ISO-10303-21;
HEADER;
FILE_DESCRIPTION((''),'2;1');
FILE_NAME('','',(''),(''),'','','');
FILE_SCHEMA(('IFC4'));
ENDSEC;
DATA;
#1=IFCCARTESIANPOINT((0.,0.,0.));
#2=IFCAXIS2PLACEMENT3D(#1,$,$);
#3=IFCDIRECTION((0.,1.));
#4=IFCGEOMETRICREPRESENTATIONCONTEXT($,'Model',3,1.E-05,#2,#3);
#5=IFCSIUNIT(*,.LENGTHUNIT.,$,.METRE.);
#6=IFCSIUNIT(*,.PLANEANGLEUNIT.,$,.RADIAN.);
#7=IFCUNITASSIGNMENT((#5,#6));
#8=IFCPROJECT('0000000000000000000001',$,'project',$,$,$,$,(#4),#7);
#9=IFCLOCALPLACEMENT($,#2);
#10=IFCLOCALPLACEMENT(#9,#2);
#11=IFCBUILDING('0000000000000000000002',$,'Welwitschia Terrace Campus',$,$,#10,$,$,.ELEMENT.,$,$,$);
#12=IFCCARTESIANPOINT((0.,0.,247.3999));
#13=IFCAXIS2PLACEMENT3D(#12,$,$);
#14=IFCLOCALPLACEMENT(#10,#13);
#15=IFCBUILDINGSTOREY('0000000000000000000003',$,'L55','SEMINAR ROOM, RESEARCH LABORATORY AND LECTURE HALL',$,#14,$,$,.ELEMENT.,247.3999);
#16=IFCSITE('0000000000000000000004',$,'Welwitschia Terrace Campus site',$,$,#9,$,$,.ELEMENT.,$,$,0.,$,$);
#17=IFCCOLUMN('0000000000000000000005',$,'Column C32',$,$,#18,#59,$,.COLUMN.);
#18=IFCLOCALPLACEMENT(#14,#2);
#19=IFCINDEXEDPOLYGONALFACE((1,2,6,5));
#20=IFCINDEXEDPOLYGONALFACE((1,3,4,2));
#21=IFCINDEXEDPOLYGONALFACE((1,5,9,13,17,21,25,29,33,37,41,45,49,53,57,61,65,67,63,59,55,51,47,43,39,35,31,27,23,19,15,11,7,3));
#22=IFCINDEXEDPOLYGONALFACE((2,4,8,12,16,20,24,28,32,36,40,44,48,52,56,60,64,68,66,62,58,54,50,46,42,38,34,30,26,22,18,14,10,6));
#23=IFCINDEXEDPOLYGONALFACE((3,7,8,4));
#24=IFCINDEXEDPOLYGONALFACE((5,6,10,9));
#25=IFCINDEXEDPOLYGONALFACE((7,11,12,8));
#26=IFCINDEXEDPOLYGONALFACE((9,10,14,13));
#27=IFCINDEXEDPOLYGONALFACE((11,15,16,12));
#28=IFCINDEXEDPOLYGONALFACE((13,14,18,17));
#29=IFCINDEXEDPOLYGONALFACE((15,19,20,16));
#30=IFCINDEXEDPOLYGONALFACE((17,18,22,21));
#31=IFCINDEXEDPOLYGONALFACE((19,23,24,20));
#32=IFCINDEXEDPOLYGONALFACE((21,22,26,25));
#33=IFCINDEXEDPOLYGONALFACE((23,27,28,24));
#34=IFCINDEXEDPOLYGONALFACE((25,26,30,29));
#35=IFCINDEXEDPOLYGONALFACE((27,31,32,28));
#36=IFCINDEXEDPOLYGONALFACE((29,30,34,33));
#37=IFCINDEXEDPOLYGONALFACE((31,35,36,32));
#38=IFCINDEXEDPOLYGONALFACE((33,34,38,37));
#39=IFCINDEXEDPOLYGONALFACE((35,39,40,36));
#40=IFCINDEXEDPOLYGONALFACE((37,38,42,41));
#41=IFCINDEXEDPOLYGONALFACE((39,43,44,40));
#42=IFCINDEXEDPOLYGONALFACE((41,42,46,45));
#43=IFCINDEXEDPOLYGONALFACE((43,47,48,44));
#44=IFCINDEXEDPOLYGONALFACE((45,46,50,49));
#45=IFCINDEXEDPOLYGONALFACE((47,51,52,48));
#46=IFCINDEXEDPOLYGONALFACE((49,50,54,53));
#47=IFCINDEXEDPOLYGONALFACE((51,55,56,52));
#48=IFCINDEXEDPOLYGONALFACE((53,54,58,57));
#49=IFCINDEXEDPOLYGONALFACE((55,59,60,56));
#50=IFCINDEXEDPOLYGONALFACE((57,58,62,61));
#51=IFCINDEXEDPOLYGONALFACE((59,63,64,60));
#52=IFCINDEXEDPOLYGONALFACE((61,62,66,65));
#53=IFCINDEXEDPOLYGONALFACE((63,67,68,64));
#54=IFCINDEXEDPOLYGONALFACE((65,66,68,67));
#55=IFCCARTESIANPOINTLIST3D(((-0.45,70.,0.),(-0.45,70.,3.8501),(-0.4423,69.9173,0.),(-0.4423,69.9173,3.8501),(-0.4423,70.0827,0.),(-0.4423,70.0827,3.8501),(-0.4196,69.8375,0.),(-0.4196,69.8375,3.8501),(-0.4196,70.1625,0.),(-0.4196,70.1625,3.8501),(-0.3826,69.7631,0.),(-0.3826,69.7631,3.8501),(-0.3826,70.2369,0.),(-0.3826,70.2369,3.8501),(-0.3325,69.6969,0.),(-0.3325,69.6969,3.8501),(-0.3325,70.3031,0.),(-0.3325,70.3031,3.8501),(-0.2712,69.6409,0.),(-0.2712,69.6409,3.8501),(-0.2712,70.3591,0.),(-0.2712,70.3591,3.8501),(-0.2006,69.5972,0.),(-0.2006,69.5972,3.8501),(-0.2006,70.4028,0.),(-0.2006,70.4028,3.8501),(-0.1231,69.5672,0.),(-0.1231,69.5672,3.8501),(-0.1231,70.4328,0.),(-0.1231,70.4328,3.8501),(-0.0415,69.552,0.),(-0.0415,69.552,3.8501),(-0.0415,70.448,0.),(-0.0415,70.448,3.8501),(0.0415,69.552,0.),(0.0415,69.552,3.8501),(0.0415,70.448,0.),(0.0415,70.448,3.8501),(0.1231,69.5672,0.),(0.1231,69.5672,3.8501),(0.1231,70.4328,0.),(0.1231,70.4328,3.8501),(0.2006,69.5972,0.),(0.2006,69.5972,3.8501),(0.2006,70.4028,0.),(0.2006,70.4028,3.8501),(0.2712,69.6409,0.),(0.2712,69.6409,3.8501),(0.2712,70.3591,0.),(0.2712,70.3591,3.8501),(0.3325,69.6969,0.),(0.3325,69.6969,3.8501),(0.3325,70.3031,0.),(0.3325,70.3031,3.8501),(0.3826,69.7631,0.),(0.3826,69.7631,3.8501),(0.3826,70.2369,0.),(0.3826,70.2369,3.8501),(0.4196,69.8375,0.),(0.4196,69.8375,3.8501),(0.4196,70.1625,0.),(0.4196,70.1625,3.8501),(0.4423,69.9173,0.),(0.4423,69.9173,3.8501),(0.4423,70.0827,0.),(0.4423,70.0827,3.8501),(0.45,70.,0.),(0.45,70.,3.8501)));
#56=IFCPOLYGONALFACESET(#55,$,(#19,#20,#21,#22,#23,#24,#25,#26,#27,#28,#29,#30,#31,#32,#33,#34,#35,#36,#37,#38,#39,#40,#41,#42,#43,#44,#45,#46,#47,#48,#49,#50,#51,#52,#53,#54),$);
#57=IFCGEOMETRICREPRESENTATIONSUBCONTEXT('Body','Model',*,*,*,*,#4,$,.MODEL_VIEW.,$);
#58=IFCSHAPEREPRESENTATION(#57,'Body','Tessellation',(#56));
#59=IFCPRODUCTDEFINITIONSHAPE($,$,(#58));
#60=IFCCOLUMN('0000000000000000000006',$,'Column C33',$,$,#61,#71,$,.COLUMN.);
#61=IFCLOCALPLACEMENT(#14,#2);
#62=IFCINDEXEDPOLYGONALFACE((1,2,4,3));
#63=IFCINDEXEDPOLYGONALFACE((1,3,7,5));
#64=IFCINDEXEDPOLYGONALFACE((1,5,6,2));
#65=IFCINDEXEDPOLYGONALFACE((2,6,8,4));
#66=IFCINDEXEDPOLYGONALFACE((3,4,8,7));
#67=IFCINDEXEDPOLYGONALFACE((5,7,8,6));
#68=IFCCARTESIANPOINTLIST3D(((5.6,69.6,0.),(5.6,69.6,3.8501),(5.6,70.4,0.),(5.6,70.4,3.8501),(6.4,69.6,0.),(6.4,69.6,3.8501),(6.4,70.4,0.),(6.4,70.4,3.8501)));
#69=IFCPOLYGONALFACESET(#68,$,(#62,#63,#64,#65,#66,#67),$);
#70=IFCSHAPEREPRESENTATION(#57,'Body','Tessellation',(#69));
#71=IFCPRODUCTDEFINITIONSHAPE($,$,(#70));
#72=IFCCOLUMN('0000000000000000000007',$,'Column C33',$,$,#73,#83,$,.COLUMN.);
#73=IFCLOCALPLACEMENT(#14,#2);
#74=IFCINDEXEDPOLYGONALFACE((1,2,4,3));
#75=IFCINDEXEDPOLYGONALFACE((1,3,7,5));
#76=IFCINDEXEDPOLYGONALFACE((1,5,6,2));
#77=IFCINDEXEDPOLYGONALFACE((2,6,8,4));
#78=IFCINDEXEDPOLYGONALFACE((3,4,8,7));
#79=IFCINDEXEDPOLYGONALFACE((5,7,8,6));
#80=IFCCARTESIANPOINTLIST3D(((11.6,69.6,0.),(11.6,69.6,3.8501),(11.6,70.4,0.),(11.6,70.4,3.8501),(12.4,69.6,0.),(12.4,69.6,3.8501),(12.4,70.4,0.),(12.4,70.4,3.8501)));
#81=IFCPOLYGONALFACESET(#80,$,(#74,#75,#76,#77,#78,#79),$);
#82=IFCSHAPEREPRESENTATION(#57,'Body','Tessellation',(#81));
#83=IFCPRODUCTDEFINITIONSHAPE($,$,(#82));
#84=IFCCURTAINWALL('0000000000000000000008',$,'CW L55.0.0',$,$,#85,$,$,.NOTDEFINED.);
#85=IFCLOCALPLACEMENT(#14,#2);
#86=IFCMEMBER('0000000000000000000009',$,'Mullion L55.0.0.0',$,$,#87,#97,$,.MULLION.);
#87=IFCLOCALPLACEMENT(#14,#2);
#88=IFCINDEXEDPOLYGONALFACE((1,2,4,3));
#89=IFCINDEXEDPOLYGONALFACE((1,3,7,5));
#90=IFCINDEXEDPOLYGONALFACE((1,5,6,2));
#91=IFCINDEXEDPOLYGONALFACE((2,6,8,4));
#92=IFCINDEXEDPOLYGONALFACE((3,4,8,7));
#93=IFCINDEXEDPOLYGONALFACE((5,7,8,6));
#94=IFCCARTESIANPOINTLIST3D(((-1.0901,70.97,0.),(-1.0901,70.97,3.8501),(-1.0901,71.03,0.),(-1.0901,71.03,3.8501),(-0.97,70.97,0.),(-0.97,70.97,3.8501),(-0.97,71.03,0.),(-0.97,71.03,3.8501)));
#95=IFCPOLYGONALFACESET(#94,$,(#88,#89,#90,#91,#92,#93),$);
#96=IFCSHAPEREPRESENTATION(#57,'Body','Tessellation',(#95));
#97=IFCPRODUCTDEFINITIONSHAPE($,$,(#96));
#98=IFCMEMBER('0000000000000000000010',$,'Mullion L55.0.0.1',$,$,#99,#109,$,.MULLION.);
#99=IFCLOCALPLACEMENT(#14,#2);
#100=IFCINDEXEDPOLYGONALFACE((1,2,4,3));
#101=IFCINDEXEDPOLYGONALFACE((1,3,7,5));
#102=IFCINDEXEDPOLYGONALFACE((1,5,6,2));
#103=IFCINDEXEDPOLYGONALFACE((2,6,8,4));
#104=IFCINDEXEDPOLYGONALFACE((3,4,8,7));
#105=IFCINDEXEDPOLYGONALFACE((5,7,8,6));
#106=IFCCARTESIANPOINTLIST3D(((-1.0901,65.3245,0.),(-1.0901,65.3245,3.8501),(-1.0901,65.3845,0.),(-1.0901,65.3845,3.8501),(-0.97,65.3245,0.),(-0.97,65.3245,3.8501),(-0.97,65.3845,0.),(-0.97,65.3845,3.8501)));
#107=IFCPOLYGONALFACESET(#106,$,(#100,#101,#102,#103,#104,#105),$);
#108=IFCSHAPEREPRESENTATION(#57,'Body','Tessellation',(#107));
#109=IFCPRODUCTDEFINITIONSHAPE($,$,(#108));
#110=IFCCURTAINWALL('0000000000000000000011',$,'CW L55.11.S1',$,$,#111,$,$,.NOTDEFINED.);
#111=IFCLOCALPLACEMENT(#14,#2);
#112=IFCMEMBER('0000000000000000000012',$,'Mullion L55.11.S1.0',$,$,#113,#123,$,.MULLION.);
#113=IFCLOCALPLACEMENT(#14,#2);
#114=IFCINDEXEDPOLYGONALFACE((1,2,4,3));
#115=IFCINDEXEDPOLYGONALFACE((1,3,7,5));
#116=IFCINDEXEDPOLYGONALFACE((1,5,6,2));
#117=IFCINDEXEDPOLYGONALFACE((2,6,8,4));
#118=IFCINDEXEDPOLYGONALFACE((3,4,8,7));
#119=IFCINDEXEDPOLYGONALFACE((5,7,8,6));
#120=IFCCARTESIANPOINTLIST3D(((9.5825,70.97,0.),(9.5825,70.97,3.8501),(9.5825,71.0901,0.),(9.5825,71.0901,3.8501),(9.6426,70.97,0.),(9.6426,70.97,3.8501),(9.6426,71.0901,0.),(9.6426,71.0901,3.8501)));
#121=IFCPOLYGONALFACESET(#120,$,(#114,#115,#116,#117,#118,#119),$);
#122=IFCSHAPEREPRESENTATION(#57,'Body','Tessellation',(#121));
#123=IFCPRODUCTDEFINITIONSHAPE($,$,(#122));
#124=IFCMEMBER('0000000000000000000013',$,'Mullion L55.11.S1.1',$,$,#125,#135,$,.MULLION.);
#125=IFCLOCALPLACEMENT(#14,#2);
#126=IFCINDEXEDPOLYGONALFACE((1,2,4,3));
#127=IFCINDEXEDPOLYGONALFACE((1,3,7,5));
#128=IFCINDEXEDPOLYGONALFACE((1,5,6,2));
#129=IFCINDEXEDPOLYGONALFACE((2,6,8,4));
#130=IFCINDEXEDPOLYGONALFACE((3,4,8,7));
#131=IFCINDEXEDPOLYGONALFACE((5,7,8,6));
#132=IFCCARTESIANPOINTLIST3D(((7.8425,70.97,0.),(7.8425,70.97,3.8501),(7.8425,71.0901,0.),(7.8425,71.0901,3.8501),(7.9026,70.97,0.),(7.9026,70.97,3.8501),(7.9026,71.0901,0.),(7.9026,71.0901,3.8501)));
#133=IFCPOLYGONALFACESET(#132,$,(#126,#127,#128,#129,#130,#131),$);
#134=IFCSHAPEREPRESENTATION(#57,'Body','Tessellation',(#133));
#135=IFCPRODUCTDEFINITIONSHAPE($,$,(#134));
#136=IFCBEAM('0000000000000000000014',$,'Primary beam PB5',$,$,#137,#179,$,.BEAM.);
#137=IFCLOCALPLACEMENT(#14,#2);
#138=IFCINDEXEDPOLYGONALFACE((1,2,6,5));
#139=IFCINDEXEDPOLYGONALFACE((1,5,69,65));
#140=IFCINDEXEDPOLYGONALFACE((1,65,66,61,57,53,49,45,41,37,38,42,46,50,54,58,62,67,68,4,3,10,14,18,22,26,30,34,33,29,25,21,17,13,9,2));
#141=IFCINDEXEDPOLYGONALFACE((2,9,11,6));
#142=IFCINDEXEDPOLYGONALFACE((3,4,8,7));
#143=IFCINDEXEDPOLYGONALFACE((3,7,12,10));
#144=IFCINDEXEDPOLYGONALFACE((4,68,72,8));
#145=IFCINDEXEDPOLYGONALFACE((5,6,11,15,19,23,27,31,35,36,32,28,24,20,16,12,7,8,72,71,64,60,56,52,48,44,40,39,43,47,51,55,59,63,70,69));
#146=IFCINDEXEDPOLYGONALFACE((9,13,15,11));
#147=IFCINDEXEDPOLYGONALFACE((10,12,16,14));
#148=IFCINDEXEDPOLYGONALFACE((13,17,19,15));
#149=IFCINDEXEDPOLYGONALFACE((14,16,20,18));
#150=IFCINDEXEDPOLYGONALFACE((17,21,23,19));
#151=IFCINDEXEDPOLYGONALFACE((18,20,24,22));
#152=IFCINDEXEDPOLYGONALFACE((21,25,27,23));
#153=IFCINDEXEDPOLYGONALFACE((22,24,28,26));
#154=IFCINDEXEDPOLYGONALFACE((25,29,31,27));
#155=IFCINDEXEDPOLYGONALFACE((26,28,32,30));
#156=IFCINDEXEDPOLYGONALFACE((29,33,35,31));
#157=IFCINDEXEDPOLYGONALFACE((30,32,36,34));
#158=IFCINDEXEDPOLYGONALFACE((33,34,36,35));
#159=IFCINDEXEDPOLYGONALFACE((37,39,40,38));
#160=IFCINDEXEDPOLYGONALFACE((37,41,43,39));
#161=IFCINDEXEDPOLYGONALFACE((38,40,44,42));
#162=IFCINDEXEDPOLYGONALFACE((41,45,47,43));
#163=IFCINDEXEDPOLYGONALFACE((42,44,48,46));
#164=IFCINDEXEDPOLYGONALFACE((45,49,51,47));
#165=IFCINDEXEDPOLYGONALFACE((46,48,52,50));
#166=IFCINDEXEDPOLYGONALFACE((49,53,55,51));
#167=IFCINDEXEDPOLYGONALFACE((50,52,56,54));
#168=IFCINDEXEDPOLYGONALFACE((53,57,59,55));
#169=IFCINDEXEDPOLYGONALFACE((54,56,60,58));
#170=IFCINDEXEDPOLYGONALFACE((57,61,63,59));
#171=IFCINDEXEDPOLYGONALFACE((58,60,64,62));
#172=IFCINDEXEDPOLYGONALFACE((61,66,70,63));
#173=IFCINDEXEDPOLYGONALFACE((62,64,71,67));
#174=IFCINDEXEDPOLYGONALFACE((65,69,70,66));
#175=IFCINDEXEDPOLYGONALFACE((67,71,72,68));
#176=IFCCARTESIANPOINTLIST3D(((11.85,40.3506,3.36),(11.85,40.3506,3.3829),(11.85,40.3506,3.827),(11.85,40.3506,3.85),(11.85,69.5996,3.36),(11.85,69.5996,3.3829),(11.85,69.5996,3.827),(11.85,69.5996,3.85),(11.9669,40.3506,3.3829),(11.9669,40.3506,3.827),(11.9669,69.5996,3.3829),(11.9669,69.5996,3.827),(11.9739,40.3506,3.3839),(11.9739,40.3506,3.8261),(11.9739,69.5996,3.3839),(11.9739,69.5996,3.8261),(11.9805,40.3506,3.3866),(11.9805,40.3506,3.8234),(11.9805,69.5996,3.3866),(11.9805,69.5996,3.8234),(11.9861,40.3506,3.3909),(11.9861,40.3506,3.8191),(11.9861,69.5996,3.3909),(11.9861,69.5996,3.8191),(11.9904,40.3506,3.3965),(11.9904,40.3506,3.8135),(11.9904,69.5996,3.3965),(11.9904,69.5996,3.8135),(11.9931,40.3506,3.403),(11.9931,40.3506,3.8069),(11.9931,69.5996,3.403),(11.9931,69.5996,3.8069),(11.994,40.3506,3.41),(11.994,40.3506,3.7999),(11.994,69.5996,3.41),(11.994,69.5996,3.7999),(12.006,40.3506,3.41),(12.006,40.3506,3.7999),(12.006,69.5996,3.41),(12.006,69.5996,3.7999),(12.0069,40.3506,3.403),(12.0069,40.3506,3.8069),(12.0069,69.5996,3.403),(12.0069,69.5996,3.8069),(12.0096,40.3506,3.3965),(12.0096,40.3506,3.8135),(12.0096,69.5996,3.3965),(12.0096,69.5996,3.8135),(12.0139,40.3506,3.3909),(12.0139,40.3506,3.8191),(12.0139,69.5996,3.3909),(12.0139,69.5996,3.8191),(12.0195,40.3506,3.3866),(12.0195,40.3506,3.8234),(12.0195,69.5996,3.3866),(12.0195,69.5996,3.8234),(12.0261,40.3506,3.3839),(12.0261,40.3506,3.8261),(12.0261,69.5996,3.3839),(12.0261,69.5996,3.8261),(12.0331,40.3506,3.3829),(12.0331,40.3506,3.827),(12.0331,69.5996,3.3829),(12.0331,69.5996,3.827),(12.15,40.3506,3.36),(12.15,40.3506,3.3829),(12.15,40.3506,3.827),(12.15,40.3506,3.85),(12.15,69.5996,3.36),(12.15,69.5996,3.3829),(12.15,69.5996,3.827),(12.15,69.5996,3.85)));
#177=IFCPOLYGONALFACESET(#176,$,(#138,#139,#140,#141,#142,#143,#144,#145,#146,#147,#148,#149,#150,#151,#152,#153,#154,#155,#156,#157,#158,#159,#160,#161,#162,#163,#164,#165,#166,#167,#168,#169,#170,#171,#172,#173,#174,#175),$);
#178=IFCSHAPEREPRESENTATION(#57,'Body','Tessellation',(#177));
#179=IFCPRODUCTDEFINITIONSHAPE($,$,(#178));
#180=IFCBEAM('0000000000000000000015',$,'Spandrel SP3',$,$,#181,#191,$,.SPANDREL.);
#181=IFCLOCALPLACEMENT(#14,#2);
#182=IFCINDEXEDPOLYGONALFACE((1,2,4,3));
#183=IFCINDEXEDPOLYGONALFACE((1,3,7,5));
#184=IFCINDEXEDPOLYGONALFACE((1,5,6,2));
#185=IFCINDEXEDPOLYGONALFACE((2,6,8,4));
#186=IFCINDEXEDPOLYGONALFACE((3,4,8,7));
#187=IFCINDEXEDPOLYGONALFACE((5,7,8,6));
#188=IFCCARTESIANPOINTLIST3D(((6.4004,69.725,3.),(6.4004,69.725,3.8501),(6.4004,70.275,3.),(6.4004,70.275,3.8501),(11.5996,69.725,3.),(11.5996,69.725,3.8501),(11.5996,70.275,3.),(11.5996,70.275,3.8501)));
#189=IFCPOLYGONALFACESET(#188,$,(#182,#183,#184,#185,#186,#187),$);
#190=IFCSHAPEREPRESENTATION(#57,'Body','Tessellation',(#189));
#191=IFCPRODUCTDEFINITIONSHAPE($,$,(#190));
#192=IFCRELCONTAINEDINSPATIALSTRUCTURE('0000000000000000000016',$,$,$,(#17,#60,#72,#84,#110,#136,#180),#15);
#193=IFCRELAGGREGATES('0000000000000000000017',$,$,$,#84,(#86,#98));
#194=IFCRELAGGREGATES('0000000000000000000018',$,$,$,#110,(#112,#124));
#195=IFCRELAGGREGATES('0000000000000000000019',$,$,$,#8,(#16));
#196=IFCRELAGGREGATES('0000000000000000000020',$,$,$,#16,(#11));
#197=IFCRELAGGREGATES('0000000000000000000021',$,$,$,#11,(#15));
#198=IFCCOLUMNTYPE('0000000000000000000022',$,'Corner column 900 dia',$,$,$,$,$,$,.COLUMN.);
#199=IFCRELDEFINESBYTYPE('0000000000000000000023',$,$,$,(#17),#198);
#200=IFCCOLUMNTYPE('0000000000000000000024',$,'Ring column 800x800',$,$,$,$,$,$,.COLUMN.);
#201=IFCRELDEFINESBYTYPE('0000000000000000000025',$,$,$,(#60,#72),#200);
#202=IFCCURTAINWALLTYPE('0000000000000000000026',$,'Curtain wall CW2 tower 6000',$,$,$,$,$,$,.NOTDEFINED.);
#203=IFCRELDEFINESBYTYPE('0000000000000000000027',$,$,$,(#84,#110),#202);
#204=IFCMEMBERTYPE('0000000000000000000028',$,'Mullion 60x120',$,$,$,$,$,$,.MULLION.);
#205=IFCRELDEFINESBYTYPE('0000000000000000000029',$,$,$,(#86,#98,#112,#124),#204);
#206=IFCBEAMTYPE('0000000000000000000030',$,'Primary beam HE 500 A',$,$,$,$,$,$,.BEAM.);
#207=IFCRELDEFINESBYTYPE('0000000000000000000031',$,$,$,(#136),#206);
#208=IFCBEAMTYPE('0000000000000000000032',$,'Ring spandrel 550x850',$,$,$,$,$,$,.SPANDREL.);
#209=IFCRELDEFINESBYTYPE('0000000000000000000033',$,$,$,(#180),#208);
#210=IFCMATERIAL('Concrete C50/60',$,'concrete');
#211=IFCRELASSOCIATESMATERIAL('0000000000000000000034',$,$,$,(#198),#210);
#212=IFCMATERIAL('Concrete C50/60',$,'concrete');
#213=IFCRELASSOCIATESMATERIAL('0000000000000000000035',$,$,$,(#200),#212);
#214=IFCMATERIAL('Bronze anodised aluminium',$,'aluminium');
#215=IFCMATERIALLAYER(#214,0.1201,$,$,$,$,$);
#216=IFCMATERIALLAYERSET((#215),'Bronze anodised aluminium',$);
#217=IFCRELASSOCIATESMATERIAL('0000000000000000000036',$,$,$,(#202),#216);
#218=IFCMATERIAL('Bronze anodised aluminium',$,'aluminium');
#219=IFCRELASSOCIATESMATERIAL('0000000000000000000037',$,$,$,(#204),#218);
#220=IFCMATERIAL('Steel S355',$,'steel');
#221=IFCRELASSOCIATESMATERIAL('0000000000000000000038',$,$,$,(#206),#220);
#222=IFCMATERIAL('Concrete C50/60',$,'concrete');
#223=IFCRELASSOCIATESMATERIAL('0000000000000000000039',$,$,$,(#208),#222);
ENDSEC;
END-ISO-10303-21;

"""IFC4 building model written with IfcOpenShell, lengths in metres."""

from ifc_helpers import new_model, si_unit, direction, frame, origin, origin_2d, place, context, subcontext, project, spatial, rectangle, circle, i_section, extrude, material, layer, layer_set, material_profile, profile_set, type_object, element, aggregate, save


model = new_model("IFC4")

# Units and contexts
model_context = context("Model", 3, precision=1e-05, world=origin(), true_north=direction((0.0, 1.0)))
body_context = subcontext(model_context, "Body", "Model", "MODEL_VIEW")
ifc_project = project(units=[si_unit("LENGTHUNIT", "METRE"), si_unit("PLANEANGLEUNIT", "RADIAN")], contexts=[model_context])

# Site, building, storey
site_placement = place(None, origin())
site = spatial("IfcSite", under=ifc_project, at=site_placement, Name="Welwitschia Terrace Campus site", CompositionType="ELEMENT", RefElevation=0.0)
building_placement = place(site_placement, origin())
building = spatial("IfcBuilding", under=site, at=building_placement, Name="Welwitschia Terrace Campus", CompositionType="ELEMENT")
storey_placement = place(building_placement, frame((0.0, 0.0, 247.3999)))
storey = spatial("IfcBuildingStorey", under=building, at=storey_placement, Name="L55", Description="SEMINAR ROOM, RESEARCH LABORATORY AND LECTURE HALL", CompositionType="ELEMENT", Elevation=247.3999)

# Columns
ifc_material_1 = material(Name="Concrete C50/60", Category="concrete")
ifc_material_profile_1 = material_profile(ifc_material_1, circle(Radius=0.45, at=origin_2d()))
ifc_profile_set_1 = profile_set([ifc_material_profile_1], Name="Concrete C50/60")
column_type_1 = type_object("IfcColumnType", Name="Corner column 900 dia", PredefinedType="COLUMN", material=ifc_profile_set_1)
column_placement = place(storey_placement, frame((0.0, 70.0, 0.0), z_axis=(0.0, 0.0, 1.0), x_axis=(1.0, 0.0, 0.0)))
element("IfcColumn", 1, at=column_placement, inside=storey, type_object=column_type_1, Name="Column C32", PredefinedType="COLUMN", context=body_context, shape_type="SweptSolid", body=[
    extrude(circle(Radius=0.45, at=origin_2d()), origin(), (0.0, 0.0, 1.0), 3.8501),
])
ifc_material_2 = material(Name="Concrete C50/60", Category="concrete")
ifc_material_profile_2 = material_profile(ifc_material_2, rectangle(XDim=0.8, YDim=0.8, at=origin_2d()))
ifc_profile_set_2 = profile_set([ifc_material_profile_2], Name="Concrete C50/60")
column_type_2 = type_object("IfcColumnType", Name="Ring column 800x800", PredefinedType="COLUMN", material=ifc_profile_set_2)
for number, where, z_axis, x_axis, name in (
    (2, (6.0, 70.0, 0.0), (0.0, 0.0, 1.0), (1.0, 0.0, 0.0), "Column C33"),
    (3, (12.0, 70.0, 0.0), (0.0, 0.0, 1.0), (1.0, 0.0, 0.0), "Column C33"),
):
    element("IfcColumn", number, at=place(storey_placement, frame(where, z_axis=z_axis, x_axis=x_axis)), inside=storey, type_object=column_type_2, Name=name, PredefinedType="COLUMN", context=body_context, shape_type="SweptSolid", body=[
        extrude(rectangle(XDim=0.8, YDim=0.8, at=origin_2d()), origin(), (0.0, 0.0, 1.0), 3.8501),
    ])

# Curtain walls, members
ifc_material_3 = material(Name="Bronze anodised aluminium", Category="aluminium")
ifc_layer_1 = layer(ifc_material_3, 0.1201)
ifc_layer_set_1 = layer_set([ifc_layer_1], Name="Bronze anodised aluminium")
curtain_wall_type = type_object("IfcCurtainWallType", Name="Curtain wall CW2 tower 6000", PredefinedType="NOTDEFINED", material=ifc_layer_set_1)
curtain_wall_1_placement = place(storey_placement, origin())
curtain_wall_1 = element("IfcCurtainWall", 4, at=curtain_wall_1_placement, inside=storey, type_object=curtain_wall_type, Name="CW L55.0.0", PredefinedType="NOTDEFINED")
ifc_material_4 = material(Name="Bronze anodised aluminium", Category="aluminium")
ifc_material_profile_3 = material_profile(ifc_material_4, rectangle(XDim=0.1201, YDim=0.0601, at=origin_2d()))
ifc_profile_set_3 = profile_set([ifc_material_profile_3], Name="Bronze anodised aluminium")
member_type_1 = type_object("IfcMemberType", Name="Mullion 60x120", PredefinedType="MULLION", material=ifc_profile_set_3)
member_1_placement = place(storey_placement, frame((-1.03, 71.0, 0.0), z_axis=(0.0, 0.0, 1.0), x_axis=(1.0, 0.0, 0.0)))
member_1 = element("IfcMember", 5, at=member_1_placement, type_object=member_type_1, Name="Mullion L55.0.0.0", PredefinedType="MULLION", context=body_context, shape_type="SweptSolid", body=[
    extrude(rectangle(XDim=0.1201, YDim=0.0601, at=origin_2d()), origin(), (0.0, 0.0, 1.0), 3.8501),
])
member_2_placement = place(storey_placement, frame((-1.03, 65.3545, 0.0), z_axis=(0.0, 0.0, 1.0), x_axis=(1.0, 0.0, 0.0)))
member_2 = element("IfcMember", 6, at=member_2_placement, type_object=member_type_1, Name="Mullion L55.0.0.1", PredefinedType="MULLION", context=body_context, shape_type="SweptSolid", body=[
    extrude(rectangle(XDim=0.1201, YDim=0.0601, at=origin_2d()), origin(), (0.0, 0.0, 1.0), 3.8501),
])
curtain_wall_2_placement = place(storey_placement, origin())
curtain_wall_2 = element("IfcCurtainWall", 7, at=curtain_wall_2_placement, inside=storey, type_object=curtain_wall_type, Name="CW L55.11.S1", PredefinedType="NOTDEFINED")
member_3_placement = place(storey_placement, frame((9.6125, 71.03, 0.0), z_axis=(0.0, 0.0, 1.0), x_axis=(0.0, -1.0, 0.0)))
member_3 = element("IfcMember", 8, at=member_3_placement, type_object=member_type_1, Name="Mullion L55.11.S1.0", PredefinedType="MULLION", context=body_context, shape_type="SweptSolid", body=[
    extrude(rectangle(XDim=0.1201, YDim=0.0601, at=origin_2d()), origin(), (0.0, 0.0, 1.0), 3.8501),
])
member_4_placement = place(storey_placement, frame((7.8726, 71.03, 0.0), z_axis=(0.0, 0.0, 1.0), x_axis=(0.0, -1.0, 0.0)))
member_4 = element("IfcMember", 9, at=member_4_placement, type_object=member_type_1, Name="Mullion L55.11.S1.1", PredefinedType="MULLION", context=body_context, shape_type="SweptSolid", body=[
    extrude(rectangle(XDim=0.1201, YDim=0.0601, at=origin_2d()), origin(), (0.0, 0.0, 1.0), 3.8501),
])

# Beams
ifc_material_5 = material(Name="Steel S355", Category="steel")
ifc_material_profile_4 = material_profile(ifc_material_5, i_section(OverallWidth=0.3, OverallDepth=0.49, WebThickness=0.012, FlangeThickness=0.0229, FilletRadius=0.0271, at=origin_2d()))
ifc_profile_set_4 = profile_set([ifc_material_profile_4], Name="Steel S355")
beam_type_1 = type_object("IfcBeamType", Name="Primary beam HE 500 A", PredefinedType="BEAM", material=ifc_profile_set_4)
beam_1_placement = place(storey_placement, frame((12.0, 69.5996, 3.605), z_axis=(0.0, -1.0, 0.0), x_axis=(1.0, 0.0, 0.0)))
element("IfcBeam", 10, at=beam_1_placement, inside=storey, type_object=beam_type_1, Name="Primary beam PB5", PredefinedType="BEAM", context=body_context, shape_type="SweptSolid", body=[
    extrude(i_section(OverallWidth=0.3, OverallDepth=0.49, WebThickness=0.012, FlangeThickness=0.0229, FilletRadius=0.0271, at=origin_2d()), origin(), (0.0, 0.0, 1.0), 29.249),
])
ifc_material_6 = material(Name="Concrete C50/60", Category="concrete")
ifc_material_profile_5 = material_profile(ifc_material_6, rectangle(XDim=0.55, YDim=0.8501, at=origin_2d()))
ifc_profile_set_5 = profile_set([ifc_material_profile_5], Name="Concrete C50/60")
beam_type_2 = type_object("IfcBeamType", Name="Ring spandrel 550x850", PredefinedType="SPANDREL", material=ifc_profile_set_5)
beam_2_placement = place(storey_placement, frame((11.5996, 70.0, 3.425), z_axis=(-1.0, 0.0, 0.0), x_axis=(0.0, -1.0, 0.0)))
element("IfcBeam", 11, at=beam_2_placement, inside=storey, type_object=beam_type_2, Name="Spandrel SP3", PredefinedType="SPANDREL", context=body_context, shape_type="SweptSolid", body=[
    extrude(rectangle(XDim=0.55, YDim=0.8501, at=origin_2d()), origin(), (0.0, 0.0, 1.0), 5.1992),
])

aggregate(curtain_wall_1, [member_1, member_2])
aggregate(curtain_wall_2, [member_3, member_4])

save(model, "model.ifc")
